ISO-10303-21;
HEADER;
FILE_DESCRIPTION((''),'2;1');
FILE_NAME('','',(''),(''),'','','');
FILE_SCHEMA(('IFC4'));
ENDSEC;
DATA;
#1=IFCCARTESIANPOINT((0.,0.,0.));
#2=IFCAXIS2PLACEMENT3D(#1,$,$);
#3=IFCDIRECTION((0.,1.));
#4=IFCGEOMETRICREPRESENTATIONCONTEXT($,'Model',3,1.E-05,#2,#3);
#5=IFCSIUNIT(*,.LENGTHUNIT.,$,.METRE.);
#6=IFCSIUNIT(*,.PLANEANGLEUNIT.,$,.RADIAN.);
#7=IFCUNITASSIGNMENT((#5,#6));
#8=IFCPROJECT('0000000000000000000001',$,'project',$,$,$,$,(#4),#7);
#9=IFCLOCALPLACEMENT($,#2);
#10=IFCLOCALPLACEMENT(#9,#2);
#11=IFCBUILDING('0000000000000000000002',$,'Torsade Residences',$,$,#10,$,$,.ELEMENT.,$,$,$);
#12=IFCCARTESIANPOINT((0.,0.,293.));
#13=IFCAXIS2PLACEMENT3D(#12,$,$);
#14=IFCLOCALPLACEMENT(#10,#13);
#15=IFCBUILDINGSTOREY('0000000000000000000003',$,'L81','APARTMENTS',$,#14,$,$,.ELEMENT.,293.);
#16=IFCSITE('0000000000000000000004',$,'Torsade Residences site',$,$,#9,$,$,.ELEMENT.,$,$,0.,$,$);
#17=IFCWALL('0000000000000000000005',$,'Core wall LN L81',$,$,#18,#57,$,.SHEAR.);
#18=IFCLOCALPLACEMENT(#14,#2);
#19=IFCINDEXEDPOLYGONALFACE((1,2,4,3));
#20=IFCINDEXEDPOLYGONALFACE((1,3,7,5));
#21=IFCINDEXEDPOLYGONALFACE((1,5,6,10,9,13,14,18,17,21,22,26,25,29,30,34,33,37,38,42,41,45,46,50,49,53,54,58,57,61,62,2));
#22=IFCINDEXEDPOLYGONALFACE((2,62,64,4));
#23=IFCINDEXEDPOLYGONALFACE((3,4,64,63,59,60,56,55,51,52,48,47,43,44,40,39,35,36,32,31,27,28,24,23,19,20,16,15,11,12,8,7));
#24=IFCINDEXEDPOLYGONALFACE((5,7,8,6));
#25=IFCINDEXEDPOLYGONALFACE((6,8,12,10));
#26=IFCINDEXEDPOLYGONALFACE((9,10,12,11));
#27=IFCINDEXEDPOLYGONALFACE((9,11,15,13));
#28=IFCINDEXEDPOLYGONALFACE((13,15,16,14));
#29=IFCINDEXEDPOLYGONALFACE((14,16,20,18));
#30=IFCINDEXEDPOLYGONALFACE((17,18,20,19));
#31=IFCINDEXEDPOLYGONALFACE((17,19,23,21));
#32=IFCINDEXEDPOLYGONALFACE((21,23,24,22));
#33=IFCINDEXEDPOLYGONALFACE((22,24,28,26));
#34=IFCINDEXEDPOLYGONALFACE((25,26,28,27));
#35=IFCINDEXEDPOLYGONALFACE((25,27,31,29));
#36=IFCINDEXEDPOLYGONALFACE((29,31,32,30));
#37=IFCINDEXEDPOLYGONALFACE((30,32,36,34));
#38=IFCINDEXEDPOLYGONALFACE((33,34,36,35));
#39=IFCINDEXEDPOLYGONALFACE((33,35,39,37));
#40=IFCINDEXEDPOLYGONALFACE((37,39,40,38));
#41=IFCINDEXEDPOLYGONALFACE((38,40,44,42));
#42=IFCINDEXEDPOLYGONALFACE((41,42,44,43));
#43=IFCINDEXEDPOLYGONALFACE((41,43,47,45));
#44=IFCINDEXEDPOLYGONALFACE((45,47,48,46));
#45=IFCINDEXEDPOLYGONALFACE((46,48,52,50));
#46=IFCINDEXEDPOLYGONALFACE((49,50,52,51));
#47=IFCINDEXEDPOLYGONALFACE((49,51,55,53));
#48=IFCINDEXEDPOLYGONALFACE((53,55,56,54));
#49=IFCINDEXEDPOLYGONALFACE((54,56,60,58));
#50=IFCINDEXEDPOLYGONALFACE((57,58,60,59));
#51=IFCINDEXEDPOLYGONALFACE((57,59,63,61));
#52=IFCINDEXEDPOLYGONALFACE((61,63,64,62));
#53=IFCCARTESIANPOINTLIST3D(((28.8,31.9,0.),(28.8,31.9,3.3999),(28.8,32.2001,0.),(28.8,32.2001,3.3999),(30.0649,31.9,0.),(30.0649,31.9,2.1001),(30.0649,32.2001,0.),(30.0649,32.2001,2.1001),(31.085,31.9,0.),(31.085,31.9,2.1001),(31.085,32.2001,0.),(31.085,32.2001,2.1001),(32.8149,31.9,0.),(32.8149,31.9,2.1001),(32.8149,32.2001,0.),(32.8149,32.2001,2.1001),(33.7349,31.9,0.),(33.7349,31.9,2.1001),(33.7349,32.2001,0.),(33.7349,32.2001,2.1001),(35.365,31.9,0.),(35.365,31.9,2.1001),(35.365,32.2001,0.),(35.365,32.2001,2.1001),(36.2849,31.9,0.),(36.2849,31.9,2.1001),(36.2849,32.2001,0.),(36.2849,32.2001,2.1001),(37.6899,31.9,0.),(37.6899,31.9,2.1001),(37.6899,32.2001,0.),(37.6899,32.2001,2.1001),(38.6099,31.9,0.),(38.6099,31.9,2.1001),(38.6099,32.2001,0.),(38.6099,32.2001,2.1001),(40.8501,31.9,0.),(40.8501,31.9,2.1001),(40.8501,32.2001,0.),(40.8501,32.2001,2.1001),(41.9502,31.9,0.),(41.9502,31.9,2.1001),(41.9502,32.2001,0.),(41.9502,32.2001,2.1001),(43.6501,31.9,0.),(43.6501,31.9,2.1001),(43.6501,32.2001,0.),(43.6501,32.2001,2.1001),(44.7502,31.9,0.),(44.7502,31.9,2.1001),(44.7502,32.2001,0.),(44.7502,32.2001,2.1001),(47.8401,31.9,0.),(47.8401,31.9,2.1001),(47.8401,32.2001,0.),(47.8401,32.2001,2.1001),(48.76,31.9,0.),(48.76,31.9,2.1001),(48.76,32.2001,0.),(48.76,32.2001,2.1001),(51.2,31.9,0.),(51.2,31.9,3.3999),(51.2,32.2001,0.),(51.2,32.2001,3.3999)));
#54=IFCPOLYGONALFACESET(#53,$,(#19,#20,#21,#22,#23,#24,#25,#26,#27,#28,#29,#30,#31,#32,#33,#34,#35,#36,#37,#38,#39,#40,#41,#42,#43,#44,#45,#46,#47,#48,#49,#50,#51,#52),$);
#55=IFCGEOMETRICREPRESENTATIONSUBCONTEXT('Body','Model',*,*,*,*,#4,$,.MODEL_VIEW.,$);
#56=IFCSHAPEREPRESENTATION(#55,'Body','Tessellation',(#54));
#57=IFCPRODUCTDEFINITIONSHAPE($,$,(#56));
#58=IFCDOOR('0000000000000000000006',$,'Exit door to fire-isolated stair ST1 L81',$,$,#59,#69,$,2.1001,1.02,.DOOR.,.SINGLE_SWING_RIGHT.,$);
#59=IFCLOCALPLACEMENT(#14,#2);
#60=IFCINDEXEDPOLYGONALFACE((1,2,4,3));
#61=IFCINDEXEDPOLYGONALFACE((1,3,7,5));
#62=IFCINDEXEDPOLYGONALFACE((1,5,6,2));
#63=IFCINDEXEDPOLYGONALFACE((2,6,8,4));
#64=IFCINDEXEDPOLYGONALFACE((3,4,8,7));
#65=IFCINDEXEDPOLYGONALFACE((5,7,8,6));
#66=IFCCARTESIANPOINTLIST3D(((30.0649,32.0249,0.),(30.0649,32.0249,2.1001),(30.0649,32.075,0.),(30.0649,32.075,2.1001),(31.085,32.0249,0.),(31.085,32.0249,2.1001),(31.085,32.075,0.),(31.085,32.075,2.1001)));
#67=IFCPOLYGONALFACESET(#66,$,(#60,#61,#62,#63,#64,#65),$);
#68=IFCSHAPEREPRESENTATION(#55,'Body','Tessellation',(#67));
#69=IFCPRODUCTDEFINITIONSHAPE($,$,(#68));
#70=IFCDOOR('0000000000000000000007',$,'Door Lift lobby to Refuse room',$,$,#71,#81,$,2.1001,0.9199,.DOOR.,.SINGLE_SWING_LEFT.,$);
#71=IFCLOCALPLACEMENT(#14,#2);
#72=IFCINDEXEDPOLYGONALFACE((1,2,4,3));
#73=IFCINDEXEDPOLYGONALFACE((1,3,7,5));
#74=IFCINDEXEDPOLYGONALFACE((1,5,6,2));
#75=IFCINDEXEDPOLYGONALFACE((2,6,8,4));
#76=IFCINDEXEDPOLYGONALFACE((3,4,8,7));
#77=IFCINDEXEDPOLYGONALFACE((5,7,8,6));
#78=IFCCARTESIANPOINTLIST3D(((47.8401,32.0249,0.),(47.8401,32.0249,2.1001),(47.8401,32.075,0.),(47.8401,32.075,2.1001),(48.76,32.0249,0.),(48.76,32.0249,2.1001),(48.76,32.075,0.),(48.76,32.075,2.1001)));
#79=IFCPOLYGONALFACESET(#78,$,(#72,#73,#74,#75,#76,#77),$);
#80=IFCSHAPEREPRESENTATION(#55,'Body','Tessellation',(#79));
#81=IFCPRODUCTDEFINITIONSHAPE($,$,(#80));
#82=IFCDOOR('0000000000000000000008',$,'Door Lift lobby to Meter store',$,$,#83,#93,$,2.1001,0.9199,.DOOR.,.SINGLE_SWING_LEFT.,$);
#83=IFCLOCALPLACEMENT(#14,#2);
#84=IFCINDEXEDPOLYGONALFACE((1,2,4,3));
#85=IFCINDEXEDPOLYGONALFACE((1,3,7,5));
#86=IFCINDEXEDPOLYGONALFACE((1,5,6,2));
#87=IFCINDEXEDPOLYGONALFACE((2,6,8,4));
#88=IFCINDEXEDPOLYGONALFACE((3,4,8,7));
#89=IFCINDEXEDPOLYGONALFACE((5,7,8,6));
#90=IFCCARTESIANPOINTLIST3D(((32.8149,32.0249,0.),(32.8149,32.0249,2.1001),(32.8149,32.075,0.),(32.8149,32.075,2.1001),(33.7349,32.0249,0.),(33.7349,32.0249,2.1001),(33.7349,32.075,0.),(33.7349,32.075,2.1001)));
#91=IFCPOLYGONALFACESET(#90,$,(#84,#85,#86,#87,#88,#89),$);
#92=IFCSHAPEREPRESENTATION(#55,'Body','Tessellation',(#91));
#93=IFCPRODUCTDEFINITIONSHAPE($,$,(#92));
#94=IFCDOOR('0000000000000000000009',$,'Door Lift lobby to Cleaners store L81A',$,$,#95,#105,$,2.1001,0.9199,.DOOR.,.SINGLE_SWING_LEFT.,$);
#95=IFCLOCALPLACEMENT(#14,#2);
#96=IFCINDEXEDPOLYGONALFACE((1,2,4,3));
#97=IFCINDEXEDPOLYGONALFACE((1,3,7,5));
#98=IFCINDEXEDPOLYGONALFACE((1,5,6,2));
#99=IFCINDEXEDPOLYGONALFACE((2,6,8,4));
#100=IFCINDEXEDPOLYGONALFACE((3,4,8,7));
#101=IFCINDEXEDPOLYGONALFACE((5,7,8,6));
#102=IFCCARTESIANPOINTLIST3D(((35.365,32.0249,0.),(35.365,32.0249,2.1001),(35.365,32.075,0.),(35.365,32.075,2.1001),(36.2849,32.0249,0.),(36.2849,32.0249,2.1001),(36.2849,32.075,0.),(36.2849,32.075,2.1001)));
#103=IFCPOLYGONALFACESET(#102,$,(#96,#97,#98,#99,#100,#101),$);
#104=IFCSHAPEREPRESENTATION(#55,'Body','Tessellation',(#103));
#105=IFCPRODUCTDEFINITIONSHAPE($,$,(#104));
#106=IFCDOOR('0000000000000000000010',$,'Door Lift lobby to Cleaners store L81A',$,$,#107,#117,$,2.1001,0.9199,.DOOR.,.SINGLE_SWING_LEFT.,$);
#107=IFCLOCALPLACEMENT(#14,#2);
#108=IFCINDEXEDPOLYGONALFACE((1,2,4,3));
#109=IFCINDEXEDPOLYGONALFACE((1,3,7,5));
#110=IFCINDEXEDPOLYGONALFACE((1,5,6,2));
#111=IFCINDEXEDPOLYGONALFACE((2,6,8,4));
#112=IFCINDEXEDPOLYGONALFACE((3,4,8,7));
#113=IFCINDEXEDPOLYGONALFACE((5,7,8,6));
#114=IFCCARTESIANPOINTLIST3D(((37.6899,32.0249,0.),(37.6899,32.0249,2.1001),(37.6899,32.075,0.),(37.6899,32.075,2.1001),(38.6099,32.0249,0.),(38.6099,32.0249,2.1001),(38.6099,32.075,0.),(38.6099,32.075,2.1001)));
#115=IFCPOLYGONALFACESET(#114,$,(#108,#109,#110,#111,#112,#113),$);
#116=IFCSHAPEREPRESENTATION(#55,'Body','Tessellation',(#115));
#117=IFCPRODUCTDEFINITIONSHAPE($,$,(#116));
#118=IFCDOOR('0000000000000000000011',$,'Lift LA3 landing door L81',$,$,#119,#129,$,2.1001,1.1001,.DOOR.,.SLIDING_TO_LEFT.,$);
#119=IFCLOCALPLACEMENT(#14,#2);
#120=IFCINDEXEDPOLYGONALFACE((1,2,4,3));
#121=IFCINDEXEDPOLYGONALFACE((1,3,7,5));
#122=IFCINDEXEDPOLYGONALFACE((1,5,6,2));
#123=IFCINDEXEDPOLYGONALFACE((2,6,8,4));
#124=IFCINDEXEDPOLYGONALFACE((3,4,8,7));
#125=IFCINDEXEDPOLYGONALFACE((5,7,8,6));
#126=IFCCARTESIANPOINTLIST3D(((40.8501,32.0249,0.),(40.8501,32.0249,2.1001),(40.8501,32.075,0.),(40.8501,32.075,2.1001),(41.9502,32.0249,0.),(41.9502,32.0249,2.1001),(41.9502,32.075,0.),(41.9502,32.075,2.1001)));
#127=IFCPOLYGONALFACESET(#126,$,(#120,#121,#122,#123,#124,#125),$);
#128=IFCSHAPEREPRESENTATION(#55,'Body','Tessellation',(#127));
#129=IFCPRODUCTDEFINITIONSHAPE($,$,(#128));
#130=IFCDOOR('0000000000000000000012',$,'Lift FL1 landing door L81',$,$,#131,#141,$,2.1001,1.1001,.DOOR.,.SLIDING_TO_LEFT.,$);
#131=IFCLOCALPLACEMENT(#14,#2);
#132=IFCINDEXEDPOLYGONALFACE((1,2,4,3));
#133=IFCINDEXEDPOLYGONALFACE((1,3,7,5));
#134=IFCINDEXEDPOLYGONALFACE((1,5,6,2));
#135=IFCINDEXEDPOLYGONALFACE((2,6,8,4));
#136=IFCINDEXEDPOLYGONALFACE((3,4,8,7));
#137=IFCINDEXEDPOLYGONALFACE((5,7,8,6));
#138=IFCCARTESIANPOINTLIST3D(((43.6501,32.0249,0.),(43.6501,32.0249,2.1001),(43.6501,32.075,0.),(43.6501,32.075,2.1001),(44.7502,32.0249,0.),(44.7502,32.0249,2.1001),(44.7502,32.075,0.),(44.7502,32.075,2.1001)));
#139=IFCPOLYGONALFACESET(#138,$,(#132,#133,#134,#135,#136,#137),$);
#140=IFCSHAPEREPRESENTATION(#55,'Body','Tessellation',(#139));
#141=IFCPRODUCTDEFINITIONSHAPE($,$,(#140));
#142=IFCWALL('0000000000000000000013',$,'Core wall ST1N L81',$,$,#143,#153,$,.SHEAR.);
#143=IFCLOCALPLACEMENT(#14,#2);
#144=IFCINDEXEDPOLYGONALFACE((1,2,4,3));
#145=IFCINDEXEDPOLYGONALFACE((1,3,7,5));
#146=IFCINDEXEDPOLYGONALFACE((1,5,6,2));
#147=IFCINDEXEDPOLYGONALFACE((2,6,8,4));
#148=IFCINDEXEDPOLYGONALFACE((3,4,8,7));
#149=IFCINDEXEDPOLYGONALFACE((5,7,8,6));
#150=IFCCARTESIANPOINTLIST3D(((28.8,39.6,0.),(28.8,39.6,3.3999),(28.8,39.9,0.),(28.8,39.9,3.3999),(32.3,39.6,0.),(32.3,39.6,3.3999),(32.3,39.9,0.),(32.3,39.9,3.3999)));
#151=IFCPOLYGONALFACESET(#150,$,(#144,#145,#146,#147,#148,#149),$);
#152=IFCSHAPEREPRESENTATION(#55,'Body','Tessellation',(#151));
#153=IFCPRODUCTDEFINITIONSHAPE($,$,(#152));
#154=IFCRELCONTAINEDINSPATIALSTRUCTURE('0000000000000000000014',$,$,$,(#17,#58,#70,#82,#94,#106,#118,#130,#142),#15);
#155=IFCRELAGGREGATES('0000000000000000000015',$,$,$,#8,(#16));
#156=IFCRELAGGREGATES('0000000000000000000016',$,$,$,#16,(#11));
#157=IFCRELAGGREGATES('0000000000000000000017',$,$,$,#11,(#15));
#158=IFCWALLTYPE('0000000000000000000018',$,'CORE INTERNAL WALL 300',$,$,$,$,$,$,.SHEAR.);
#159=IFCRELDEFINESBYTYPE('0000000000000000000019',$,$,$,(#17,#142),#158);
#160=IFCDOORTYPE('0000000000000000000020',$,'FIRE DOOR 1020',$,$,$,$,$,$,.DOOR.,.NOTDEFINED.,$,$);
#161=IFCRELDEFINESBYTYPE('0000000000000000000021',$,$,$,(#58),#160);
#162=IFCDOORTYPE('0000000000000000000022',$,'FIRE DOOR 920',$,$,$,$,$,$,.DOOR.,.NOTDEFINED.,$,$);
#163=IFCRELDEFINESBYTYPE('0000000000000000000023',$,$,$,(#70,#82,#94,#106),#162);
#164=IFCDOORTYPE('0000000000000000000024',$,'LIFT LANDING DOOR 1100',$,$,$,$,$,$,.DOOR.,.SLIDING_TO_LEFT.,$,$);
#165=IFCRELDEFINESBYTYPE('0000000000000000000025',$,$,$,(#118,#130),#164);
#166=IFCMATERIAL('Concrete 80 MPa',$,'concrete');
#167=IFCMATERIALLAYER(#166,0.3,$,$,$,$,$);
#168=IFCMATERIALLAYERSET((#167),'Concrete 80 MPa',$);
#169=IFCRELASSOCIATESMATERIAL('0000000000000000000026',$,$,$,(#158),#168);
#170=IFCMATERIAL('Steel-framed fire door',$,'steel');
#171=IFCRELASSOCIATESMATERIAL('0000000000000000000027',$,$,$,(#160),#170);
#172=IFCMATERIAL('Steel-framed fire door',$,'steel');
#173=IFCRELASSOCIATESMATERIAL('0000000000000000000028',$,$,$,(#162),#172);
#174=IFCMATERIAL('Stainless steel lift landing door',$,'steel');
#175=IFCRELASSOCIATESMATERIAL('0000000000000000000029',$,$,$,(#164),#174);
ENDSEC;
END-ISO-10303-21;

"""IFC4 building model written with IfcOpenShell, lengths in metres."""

from ifc_helpers import new_model, si_unit, direction, frame, frame_2d, origin, place, context, subcontext, project, spatial, rectangle, extrude, material, layer, layer_set, type_object, element, fill, save


model = new_model("IFC4")

# Units and contexts
model_context = context("Model", 3, precision=1e-05, world=origin(), true_north=direction((0.0, 1.0)))
body_context = subcontext(model_context, "Body", "Model", "MODEL_VIEW")
ifc_project = project(units=[si_unit("LENGTHUNIT", "METRE"), si_unit("PLANEANGLEUNIT", "RADIAN")], contexts=[model_context])

# Site, building, storey
site_placement = place(None, origin())
site = spatial("IfcSite", under=ifc_project, at=site_placement, Name="Torsade Residences site", CompositionType="ELEMENT", RefElevation=0.0)
building_placement = place(site_placement, origin())
building = spatial("IfcBuilding", under=site, at=building_placement, Name="Torsade Residences", CompositionType="ELEMENT")
storey_placement = place(building_placement, frame((0.0, 0.0, 293.0)))
storey = spatial("IfcBuildingStorey", under=building, at=storey_placement, Name="L81", Description="APARTMENTS", CompositionType="ELEMENT", Elevation=293.0)

# Wall, openings, doors
ifc_material_1 = material(Name="Concrete 80 MPa", Category="concrete")
ifc_layer_1 = layer(ifc_material_1, 0.3)
ifc_layer_set_1 = layer_set([ifc_layer_1], Name="Concrete 80 MPa")
wall_type_1 = type_object("IfcWallType", Name="CORE INTERNAL WALL 300", PredefinedType="SHEAR", material=ifc_layer_set_1)
wall_1_placement = place(storey_placement, frame((28.8, 32.05, 0.0), z_axis=(0.0, 0.0, 1.0), x_axis=(1.0, 0.0, 0.0)))
wall_1 = element("IfcWall", 1, at=wall_1_placement, inside=storey, type_object=wall_type_1, Name="Core wall LN L81", PredefinedType="SHEAR", context=body_context, shape_type="SweptSolid", body=[
    extrude(rectangle(XDim=22.3999, YDim=0.3, at=frame_2d((11.2, 0.0))), origin(), (0.0, 0.0, 1.0), 3.3999),
])
opening_1_placement = place(wall_1_placement, frame((19.04, 0.0, 0.0)))
opening_1 = element("IfcOpeningElement", 2, at=opening_1_placement, cuts=wall_1, PredefinedType="OPENING", context=body_context, shape_type="SweptSolid", body=[
    extrude(rectangle(XDim=0.9199, YDim=2.1001, at=frame_2d((0.46, 1.05))), frame((0.0, 0.1599, 0.0), z_axis=(0.0, -1.0, 0.0), x_axis=(1.0, 0.0, 0.0)), (0.0, 0.0, 1.0), 0.3201),
])
opening_2_placement = place(wall_1_placement, frame((1.2649, 0.0, 0.0)))
opening_2 = element("IfcOpeningElement", 3, at=opening_2_placement, cuts=wall_1, PredefinedType="OPENING", context=body_context, shape_type="SweptSolid", body=[
    extrude(rectangle(XDim=1.02, YDim=2.1001, at=frame_2d((0.51, 1.05))), frame((0.0, 0.1599, 0.0), z_axis=(0.0, -1.0, 0.0), x_axis=(1.0, 0.0, 0.0)), (0.0, 0.0, 1.0), 0.3201),
])
opening_3_placement = place(wall_1_placement, frame((4.0149, 0.0, 0.0)))
opening_3 = element("IfcOpeningElement", 4, at=opening_3_placement, cuts=wall_1, PredefinedType="OPENING", context=body_context, shape_type="SweptSolid", body=[
    extrude(rectangle(XDim=0.9199, YDim=2.1001, at=frame_2d((0.46, 1.05))), frame((0.0, 0.1599, 0.0), z_axis=(0.0, -1.0, 0.0), x_axis=(1.0, 0.0, 0.0)), (0.0, 0.0, 1.0), 0.3201),
])
opening_4_placement = place(wall_1_placement, frame((6.5649, 0.0, 0.0)))
opening_4 = element("IfcOpeningElement", 5, at=opening_4_placement, cuts=wall_1, PredefinedType="OPENING", context=body_context, shape_type="SweptSolid", body=[
    extrude(rectangle(XDim=0.9199, YDim=2.1001, at=frame_2d((0.46, 1.05))), frame((0.0, 0.1599, 0.0), z_axis=(0.0, -1.0, 0.0), x_axis=(1.0, 0.0, 0.0)), (0.0, 0.0, 1.0), 0.3201),
])
opening_5_placement = place(wall_1_placement, frame((8.8899, 0.0, 0.0)))
opening_5 = element("IfcOpeningElement", 6, at=opening_5_placement, cuts=wall_1, PredefinedType="OPENING", context=body_context, shape_type="SweptSolid", body=[
    extrude(rectangle(XDim=0.9199, YDim=2.1001, at=frame_2d((0.46, 1.05))), frame((0.0, 0.1599, 0.0), z_axis=(0.0, -1.0, 0.0), x_axis=(1.0, 0.0, 0.0)), (0.0, 0.0, 1.0), 0.3201),
])
opening_6_placement = place(wall_1_placement, frame((12.05, 0.0, 0.0)))
opening_6 = element("IfcOpeningElement", 7, at=opening_6_placement, cuts=wall_1, PredefinedType="OPENING", context=body_context, shape_type="SweptSolid", body=[
    extrude(rectangle(XDim=1.1001, YDim=2.1001, at=frame_2d((0.55, 1.05))), frame((0.0, 0.1599, 0.0), z_axis=(0.0, -1.0, 0.0), x_axis=(1.0, 0.0, 0.0)), (0.0, 0.0, 1.0), 0.3201),
])
opening_7_placement = place(wall_1_placement, frame((14.8501, 0.0, 0.0)))
opening_7 = element("IfcOpeningElement", 8, at=opening_7_placement, cuts=wall_1, PredefinedType="OPENING", context=body_context, shape_type="SweptSolid", body=[
    extrude(rectangle(XDim=1.1001, YDim=2.1001, at=frame_2d((0.55, 1.05))), frame((0.0, 0.1599, 0.0), z_axis=(0.0, -1.0, 0.0), x_axis=(1.0, 0.0, 0.0)), (0.0, 0.0, 1.0), 0.3201),
])
ifc_material_2 = material(Name="Steel-framed fire door", Category="steel")
door_type_1 = type_object("IfcDoorType", Name="FIRE DOOR 1020", OperationType="NOTDEFINED", PredefinedType="DOOR", material=ifc_material_2)
door_1_placement = place(opening_2_placement, origin())
door_1 = element("IfcDoor", 9, at=door_1_placement, inside=storey, type_object=door_type_1, Name="Exit door to fire-isolated stair ST1 L81", OperationType="SINGLE_SWING_RIGHT", OverallHeight=2.1001, OverallWidth=1.02, PredefinedType="DOOR", context=body_context, shape_type="SweptSolid", body=[
    extrude(rectangle(XDim=1.02, YDim=2.1001, at=frame_2d((0.51, 1.05))), frame((0.0, 0.0249, 0.0), z_axis=(0.0, -1.0, 0.0), x_axis=(1.0, 0.0, 0.0)), (0.0, 0.0, 1.0), 0.05),
])
fill(opening_2, door_1)
ifc_material_3 = material(Name="Steel-framed fire door", Category="steel")
door_type_2 = type_object("IfcDoorType", Name="FIRE DOOR 920", OperationType="NOTDEFINED", PredefinedType="DOOR", material=ifc_material_3)
door_2_placement = place(opening_1_placement, origin())
door_2 = element("IfcDoor", 10, at=door_2_placement, inside=storey, type_object=door_type_2, Name="Door Lift lobby to Refuse room", OperationType="SINGLE_SWING_LEFT", OverallHeight=2.1001, OverallWidth=0.9199, PredefinedType="DOOR", context=body_context, shape_type="SweptSolid", body=[
    extrude(rectangle(XDim=0.9199, YDim=2.1001, at=frame_2d((0.46, 1.05))), frame((0.0, 0.0249, 0.0), z_axis=(0.0, -1.0, 0.0), x_axis=(1.0, 0.0, 0.0)), (0.0, 0.0, 1.0), 0.05),
])
fill(opening_1, door_2)
door_3_placement = place(opening_3_placement, origin())
door_3 = element("IfcDoor", 11, at=door_3_placement, inside=storey, type_object=door_type_2, Name="Door Lift lobby to Meter store", OperationType="SINGLE_SWING_LEFT", OverallHeight=2.1001, OverallWidth=0.9199, PredefinedType="DOOR", context=body_context, shape_type="SweptSolid", body=[
    extrude(rectangle(XDim=0.9199, YDim=2.1001, at=frame_2d((0.46, 1.05))), frame((0.0, 0.0249, 0.0), z_axis=(0.0, -1.0, 0.0), x_axis=(1.0, 0.0, 0.0)), (0.0, 0.0, 1.0), 0.05),
])
fill(opening_3, door_3)
door_4_placement = place(opening_4_placement, origin())
door_4 = element("IfcDoor", 12, at=door_4_placement, inside=storey, type_object=door_type_2, Name="Door Lift lobby to Cleaners store L81A", OperationType="SINGLE_SWING_LEFT", OverallHeight=2.1001, OverallWidth=0.9199, PredefinedType="DOOR", context=body_context, shape_type="SweptSolid", body=[
    extrude(rectangle(XDim=0.9199, YDim=2.1001, at=frame_2d((0.46, 1.05))), frame((0.0, 0.0249, 0.0), z_axis=(0.0, -1.0, 0.0), x_axis=(1.0, 0.0, 0.0)), (0.0, 0.0, 1.0), 0.05),
])
fill(opening_4, door_4)
door_5_placement = place(opening_5_placement, origin())
door_5 = element("IfcDoor", 13, at=door_5_placement, inside=storey, type_object=door_type_2, Name="Door Lift lobby to Cleaners store L81A", OperationType="SINGLE_SWING_LEFT", OverallHeight=2.1001, OverallWidth=0.9199, PredefinedType="DOOR", context=body_context, shape_type="SweptSolid", body=[
    extrude(rectangle(XDim=0.9199, YDim=2.1001, at=frame_2d((0.46, 1.05))), frame((0.0, 0.0249, 0.0), z_axis=(0.0, -1.0, 0.0), x_axis=(1.0, 0.0, 0.0)), (0.0, 0.0, 1.0), 0.05),
])
fill(opening_5, door_5)
ifc_material_4 = material(Name="Stainless steel lift landing door", Category="steel")
door_type_3 = type_object("IfcDoorType", Name="LIFT LANDING DOOR 1100", OperationType="SLIDING_TO_LEFT", PredefinedType="DOOR", material=ifc_material_4)
door_6_placement = place(opening_6_placement, origin())
door_6 = element("IfcDoor", 14, at=door_6_placement, inside=storey, type_object=door_type_3, Name="Lift LA3 landing door L81", OperationType="SLIDING_TO_LEFT", OverallHeight=2.1001, OverallWidth=1.1001, PredefinedType="DOOR", context=body_context, shape_type="SweptSolid", body=[
    extrude(rectangle(XDim=1.1001, YDim=2.1001, at=frame_2d((0.55, 1.05))), frame((0.0, 0.0249, 0.0), z_axis=(0.0, -1.0, 0.0), x_axis=(1.0, 0.0, 0.0)), (0.0, 0.0, 1.0), 0.05),
])
fill(opening_6, door_6)
door_7_placement = place(opening_7_placement, origin())
door_7 = element("IfcDoor", 15, at=door_7_placement, inside=storey, type_object=door_type_3, Name="Lift FL1 landing door L81", OperationType="SLIDING_TO_LEFT", OverallHeight=2.1001, OverallWidth=1.1001, PredefinedType="DOOR", context=body_context, shape_type="SweptSolid", body=[
    extrude(rectangle(XDim=1.1001, YDim=2.1001, at=frame_2d((0.55, 1.05))), frame((0.0, 0.0249, 0.0), z_axis=(0.0, -1.0, 0.0), x_axis=(1.0, 0.0, 0.0)), (0.0, 0.0, 1.0), 0.05),
])
fill(opening_7, door_7)

# Wall
wall_2_placement = place(storey_placement, frame((28.8, 39.75, 0.0), z_axis=(0.0, 0.0, 1.0), x_axis=(1.0, 0.0, 0.0)))
element("IfcWall", 16, at=wall_2_placement, inside=storey, type_object=wall_type_1, Name="Core wall ST1N L81", PredefinedType="SHEAR", context=body_context, shape_type="SweptSolid", body=[
    extrude(rectangle(XDim=3.5, YDim=0.3, at=frame_2d((1.75, 0.0))), origin(), (0.0, 0.0, 1.0), 3.3999),
])

save(model, "model.ifc")
